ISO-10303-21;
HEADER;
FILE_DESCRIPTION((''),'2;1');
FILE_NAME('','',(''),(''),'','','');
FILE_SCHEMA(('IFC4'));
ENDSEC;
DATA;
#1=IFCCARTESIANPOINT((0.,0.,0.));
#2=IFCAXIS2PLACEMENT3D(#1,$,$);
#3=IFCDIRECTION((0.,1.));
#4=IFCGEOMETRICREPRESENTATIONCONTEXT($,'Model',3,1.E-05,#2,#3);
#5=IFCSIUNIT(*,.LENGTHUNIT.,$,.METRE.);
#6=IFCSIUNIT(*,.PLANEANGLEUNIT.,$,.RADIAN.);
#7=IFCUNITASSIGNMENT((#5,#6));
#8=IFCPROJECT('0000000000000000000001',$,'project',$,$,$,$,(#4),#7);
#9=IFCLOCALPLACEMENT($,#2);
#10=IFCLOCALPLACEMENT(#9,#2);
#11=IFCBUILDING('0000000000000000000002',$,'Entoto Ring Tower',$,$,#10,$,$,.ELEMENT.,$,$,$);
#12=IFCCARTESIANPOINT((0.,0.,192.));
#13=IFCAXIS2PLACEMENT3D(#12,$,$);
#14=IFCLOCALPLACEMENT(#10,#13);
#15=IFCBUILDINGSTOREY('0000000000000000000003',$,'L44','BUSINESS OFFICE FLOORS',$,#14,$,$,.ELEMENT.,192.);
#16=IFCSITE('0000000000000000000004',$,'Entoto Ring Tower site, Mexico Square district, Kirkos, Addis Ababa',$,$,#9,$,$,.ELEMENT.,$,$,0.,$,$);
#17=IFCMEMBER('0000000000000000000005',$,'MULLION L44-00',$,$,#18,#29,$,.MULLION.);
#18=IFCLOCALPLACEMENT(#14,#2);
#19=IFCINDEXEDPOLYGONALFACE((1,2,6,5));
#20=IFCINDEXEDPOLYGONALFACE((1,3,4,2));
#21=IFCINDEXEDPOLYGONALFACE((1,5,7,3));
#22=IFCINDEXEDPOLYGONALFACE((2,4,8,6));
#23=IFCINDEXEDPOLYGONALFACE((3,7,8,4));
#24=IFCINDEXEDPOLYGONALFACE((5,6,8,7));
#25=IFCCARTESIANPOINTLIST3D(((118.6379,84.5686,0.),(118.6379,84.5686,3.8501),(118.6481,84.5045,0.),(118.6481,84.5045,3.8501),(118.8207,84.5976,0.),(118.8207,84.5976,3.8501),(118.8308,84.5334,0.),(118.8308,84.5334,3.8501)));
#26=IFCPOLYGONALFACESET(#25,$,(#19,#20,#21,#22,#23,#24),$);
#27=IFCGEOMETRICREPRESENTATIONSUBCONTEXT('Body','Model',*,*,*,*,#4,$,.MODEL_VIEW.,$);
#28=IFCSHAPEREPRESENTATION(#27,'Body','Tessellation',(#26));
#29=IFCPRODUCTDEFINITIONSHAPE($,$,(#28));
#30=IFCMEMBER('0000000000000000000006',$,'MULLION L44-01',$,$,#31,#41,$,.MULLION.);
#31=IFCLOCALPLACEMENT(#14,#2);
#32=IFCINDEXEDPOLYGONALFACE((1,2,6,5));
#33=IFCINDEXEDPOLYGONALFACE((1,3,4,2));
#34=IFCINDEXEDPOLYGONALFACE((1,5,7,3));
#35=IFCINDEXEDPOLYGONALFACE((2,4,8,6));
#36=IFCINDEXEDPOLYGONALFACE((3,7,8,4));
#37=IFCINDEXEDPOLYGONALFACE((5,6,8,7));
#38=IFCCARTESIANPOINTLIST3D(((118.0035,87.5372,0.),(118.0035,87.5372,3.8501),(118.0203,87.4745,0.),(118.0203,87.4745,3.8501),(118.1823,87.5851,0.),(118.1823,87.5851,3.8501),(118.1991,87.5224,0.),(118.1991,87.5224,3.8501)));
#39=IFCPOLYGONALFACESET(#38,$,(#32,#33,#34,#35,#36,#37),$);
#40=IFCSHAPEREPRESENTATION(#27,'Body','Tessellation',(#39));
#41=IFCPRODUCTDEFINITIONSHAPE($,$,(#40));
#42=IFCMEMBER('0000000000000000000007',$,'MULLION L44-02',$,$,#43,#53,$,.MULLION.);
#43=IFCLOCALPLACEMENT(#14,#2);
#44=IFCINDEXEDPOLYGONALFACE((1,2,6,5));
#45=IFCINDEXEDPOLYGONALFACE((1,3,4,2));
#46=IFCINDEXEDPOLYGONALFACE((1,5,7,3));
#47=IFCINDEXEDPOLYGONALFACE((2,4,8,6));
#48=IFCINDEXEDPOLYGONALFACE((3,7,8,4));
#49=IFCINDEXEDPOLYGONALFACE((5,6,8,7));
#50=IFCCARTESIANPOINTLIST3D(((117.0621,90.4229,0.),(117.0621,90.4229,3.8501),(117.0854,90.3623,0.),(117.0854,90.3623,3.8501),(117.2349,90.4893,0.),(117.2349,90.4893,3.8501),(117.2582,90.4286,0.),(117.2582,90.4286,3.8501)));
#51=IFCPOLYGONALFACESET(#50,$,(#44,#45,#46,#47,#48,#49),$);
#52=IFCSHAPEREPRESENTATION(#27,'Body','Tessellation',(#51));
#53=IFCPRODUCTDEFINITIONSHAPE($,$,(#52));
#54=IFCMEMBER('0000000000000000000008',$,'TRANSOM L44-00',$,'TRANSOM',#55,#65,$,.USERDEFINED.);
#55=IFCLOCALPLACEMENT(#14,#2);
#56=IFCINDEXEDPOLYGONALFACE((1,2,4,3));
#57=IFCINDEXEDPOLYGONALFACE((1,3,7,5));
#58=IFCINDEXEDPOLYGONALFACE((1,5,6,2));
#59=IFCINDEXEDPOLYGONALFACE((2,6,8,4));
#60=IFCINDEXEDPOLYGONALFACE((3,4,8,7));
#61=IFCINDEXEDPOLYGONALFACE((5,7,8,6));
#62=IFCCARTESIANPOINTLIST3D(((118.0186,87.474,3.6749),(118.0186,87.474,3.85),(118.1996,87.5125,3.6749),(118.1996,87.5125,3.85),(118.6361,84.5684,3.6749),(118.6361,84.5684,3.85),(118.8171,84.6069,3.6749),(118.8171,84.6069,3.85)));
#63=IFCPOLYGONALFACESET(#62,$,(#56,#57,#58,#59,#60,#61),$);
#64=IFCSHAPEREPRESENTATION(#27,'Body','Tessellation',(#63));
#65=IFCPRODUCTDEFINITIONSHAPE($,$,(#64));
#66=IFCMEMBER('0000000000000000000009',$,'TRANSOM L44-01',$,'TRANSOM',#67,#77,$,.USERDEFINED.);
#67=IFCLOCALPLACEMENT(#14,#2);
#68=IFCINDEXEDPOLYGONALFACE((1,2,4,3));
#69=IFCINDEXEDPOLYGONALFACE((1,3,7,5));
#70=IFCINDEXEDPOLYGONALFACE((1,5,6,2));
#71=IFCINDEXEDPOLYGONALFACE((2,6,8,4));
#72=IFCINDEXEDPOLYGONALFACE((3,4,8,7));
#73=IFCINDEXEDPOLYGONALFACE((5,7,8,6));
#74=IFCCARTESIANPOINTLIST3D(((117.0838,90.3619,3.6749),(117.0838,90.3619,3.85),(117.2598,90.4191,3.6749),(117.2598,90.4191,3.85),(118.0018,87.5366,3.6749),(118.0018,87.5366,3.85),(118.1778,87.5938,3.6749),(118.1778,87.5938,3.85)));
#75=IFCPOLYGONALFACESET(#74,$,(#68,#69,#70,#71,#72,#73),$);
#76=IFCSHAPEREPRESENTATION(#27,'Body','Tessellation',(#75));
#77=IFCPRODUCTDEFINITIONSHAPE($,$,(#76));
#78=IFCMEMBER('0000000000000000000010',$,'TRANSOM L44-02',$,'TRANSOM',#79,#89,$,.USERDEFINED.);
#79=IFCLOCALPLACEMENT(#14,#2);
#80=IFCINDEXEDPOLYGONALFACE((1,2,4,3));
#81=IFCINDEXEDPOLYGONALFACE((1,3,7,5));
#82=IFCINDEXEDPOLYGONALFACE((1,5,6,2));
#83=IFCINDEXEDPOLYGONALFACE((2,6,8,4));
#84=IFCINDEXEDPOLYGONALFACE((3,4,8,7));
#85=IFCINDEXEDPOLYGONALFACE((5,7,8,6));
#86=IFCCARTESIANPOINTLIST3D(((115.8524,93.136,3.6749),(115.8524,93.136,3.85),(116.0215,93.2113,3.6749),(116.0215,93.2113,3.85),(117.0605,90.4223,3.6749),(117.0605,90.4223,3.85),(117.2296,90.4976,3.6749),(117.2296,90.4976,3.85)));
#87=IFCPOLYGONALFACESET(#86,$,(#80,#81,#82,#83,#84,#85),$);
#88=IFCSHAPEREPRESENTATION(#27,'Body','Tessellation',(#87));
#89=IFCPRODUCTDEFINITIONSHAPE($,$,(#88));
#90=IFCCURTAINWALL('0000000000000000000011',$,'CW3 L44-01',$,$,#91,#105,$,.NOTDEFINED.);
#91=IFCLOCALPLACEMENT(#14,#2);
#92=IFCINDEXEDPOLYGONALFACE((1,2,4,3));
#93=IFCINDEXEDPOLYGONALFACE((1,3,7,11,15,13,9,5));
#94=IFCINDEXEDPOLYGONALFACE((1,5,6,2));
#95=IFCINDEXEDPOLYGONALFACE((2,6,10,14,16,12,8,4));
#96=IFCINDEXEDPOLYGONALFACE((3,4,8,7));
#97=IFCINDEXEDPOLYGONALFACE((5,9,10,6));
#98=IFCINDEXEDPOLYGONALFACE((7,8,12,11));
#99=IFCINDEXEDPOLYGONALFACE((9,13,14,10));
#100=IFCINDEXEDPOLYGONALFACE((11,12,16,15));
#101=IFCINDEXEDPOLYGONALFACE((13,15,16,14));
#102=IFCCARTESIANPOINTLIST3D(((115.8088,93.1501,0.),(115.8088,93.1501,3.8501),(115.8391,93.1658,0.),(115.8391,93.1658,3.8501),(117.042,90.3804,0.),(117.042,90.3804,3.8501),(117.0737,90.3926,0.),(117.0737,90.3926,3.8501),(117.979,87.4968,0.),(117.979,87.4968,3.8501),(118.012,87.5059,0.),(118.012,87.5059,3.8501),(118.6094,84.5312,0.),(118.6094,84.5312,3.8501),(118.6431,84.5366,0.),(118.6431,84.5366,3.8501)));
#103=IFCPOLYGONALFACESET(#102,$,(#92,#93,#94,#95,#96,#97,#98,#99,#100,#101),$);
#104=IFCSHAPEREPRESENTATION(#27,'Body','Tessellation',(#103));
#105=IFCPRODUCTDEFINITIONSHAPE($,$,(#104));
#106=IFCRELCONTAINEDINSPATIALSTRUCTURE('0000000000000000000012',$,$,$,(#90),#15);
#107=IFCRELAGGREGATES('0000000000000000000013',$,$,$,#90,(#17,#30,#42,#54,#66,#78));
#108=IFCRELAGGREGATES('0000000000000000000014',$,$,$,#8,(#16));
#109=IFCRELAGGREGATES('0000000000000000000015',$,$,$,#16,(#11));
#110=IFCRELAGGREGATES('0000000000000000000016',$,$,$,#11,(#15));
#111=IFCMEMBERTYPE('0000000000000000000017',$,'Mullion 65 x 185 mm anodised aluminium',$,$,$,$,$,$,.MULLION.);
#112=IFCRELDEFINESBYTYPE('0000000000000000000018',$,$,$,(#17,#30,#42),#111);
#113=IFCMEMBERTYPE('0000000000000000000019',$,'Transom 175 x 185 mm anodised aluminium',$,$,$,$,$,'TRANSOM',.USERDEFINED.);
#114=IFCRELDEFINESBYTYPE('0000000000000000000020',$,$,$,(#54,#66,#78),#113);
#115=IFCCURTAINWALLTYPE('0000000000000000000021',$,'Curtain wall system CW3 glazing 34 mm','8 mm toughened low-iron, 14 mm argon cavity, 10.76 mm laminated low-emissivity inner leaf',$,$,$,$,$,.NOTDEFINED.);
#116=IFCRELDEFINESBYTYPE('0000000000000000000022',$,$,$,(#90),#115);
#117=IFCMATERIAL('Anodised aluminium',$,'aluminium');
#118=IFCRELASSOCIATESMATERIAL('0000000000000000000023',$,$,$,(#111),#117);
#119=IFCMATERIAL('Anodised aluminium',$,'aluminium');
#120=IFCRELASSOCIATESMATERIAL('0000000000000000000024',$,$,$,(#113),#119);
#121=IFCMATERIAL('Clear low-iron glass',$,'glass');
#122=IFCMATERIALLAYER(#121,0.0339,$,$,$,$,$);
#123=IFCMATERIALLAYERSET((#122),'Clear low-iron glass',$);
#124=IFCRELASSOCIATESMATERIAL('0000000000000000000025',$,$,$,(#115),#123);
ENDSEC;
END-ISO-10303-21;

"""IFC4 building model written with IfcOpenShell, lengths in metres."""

from ifc_helpers import new_model, si_unit, direction, frame, origin, origin_2d, place, context, subcontext, project, spatial, polyline, rectangle, outline, extrude, material, layer, layer_set, material_profile, profile_set, type_object, element, aggregate, save


model = new_model("IFC4")

# Units and contexts
model_context = context("Model", 3, precision=1e-05, world=origin(), true_north=direction((0.0, 1.0)))
body_context = subcontext(model_context, "Body", "Model", "MODEL_VIEW")
ifc_project = project(units=[si_unit("LENGTHUNIT", "METRE"), si_unit("PLANEANGLEUNIT", "RADIAN")], contexts=[model_context])

# Members
ifc_material_1 = material(Name="Anodised aluminium", Category="aluminium")
ifc_material_profile_1 = material_profile(ifc_material_1, rectangle(XDim=0.0649, YDim=0.1851, at=origin_2d()), Name="Mullion 65 x 185 mm anodised aluminium")
ifc_profile_set_1 = profile_set([ifc_material_profile_1], Name="Anodised aluminium")
member_type_1 = type_object("IfcMemberType", Name="Mullion 65 x 185 mm anodised aluminium", PredefinedType="MULLION", material=ifc_profile_set_1)
site_placement = place(None, origin())
building_placement = place(site_placement, origin())
storey_placement = place(building_placement, frame((0.0, 0.0, 192.0)))
member_1_placement = place(storey_placement, frame((118.7344, 84.551, 0.0), z_axis=(0.0, 0.0, 1.0), x_axis=(-0.156434, 0.987688, 0.0)))
member_1 = element("IfcMember", 1, at=member_1_placement, type_object=member_type_1, Name="MULLION L44-00", PredefinedType="MULLION", context=body_context, shape_type="SweptSolid", body=[
    extrude(rectangle(XDim=0.0649, YDim=0.1851, at=origin_2d()), origin(), (0.0, 0.0, 1.0), 3.8501),
])
member_2_placement = place(storey_placement, frame((118.1013, 87.5298, 0.0), z_axis=(0.0, 0.0, 1.0), x_axis=(-0.258819, 0.965926, 0.0)))
member_2 = element("IfcMember", 2, at=member_2_placement, type_object=member_type_1, Name="MULLION L44-01", PredefinedType="MULLION", context=body_context, shape_type="SweptSolid", body=[
    extrude(rectangle(XDim=0.0649, YDim=0.1851, at=origin_2d()), origin(), (0.0, 0.0, 1.0), 3.8501),
])
member_3_placement = place(storey_placement, frame((117.1602, 90.4258, 0.0), z_axis=(0.0, 0.0, 1.0), x_axis=(-0.358368, 0.93358, 0.0)))
member_3 = element("IfcMember", 3, at=member_3_placement, type_object=member_type_1, Name="MULLION L44-02", PredefinedType="MULLION", context=body_context, shape_type="SweptSolid", body=[
    extrude(rectangle(XDim=0.0649, YDim=0.1851, at=origin_2d()), origin(), (0.0, 0.0, 1.0), 3.8501),
])
ifc_material_2 = material(Name="Anodised aluminium", Category="aluminium")
ifc_material_profile_2 = material_profile(ifc_material_2, rectangle(XDim=0.1851, YDim=0.175, at=origin_2d()), Name="Transom 175 x 185 mm anodised aluminium")
ifc_profile_set_2 = profile_set([ifc_material_profile_2], Name="Anodised aluminium")
member_type_2 = type_object("IfcMemberType", Name="Transom 175 x 185 mm anodised aluminium", ElementType="TRANSOM", PredefinedType="USERDEFINED", material=ifc_profile_set_2)
member_4_placement = place(storey_placement, frame((118.7266, 84.5876, 3.7625), z_axis=(-0.207862, 0.978158, 0.0), x_axis=(-0.978158, -0.207862, 0.0)))
member_4 = element("IfcMember", 4, at=member_4_placement, type_object=member_type_2, Name="TRANSOM L44-00", ObjectType="TRANSOM", PredefinedType="USERDEFINED", context=body_context, shape_type="SweptSolid", body=[
    extrude(rectangle(XDim=0.1851, YDim=0.175, at=origin_2d()), origin(), (0.0, 0.0, 1.0), 2.9705),
])
member_5_placement = place(storey_placement, frame((118.0898, 87.5652, 3.7625), z_axis=(-0.309019, 0.951056, 0.0), x_axis=(-0.951056, -0.309019, 0.0)))
member_5 = element("IfcMember", 5, at=member_5_placement, type_object=member_type_2, Name="TRANSOM L44-01", ObjectType="TRANSOM", PredefinedType="USERDEFINED", context=body_context, shape_type="SweptSolid", body=[
    extrude(rectangle(XDim=0.1851, YDim=0.175, at=origin_2d()), origin(), (0.0, 0.0, 1.0), 2.9707),
])
member_6_placement = place(storey_placement, frame((117.145, 90.46, 3.7625), z_axis=(-0.406687, 0.913567, 0.0), x_axis=(-0.913567, -0.406687, 0.0)))
member_6 = element("IfcMember", 6, at=member_6_placement, type_object=member_type_2, Name="TRANSOM L44-02", ObjectType="TRANSOM", PredefinedType="USERDEFINED", context=body_context, shape_type="SweptSolid", body=[
    extrude(rectangle(XDim=0.1851, YDim=0.175, at=origin_2d()), origin(), (0.0, 0.0, 1.0), 2.9705),
])

# Site, building, storey
site = spatial("IfcSite", under=ifc_project, at=site_placement, Name="Entoto Ring Tower site, Mexico Square district, Kirkos, Addis Ababa", CompositionType="ELEMENT", RefElevation=0.0)
building = spatial("IfcBuilding", under=site, at=building_placement, Name="Entoto Ring Tower", CompositionType="ELEMENT")
storey = spatial("IfcBuildingStorey", under=building, at=storey_placement, Name="L44", Description="BUSINESS OFFICE FLOORS", CompositionType="ELEMENT", Elevation=192.0)

# Curtain wall
ifc_material_3 = material(Name="Clear low-iron glass", Category="glass")
ifc_layer_1 = layer(ifc_material_3, 0.0339)
ifc_layer_set_1 = layer_set([ifc_layer_1], Name="Clear low-iron glass")
curtain_wall_type = type_object("IfcCurtainWallType", Name="Curtain wall system CW3 glazing 34 mm", Description="8 mm toughened low-iron, 14 mm argon cavity, 10.76 mm laminated low-emissivity inner leaf", PredefinedType="NOTDEFINED", material=ifc_layer_set_1)
curtain_wall_1_placement = place(storey_placement, origin())
curtain_wall_1 = element("IfcCurtainWall", 7, at=curtain_wall_1_placement, inside=storey, type_object=curtain_wall_type, Name="CW3 L44-01", PredefinedType="NOTDEFINED", context=body_context, shape_type="SweptSolid", body=[
    extrude(outline(polyline([(118.6431, 84.5366), (118.012, 87.5059), (117.0737, 90.3926), (115.8391, 93.1658), (115.8088, 93.1501), (117.042, 90.3804), (117.979, 87.4968), (118.6094, 84.5312), (118.6431, 84.5366)])), origin(), (0.0, 0.0, 1.0), 3.8501),
])
aggregate(curtain_wall_1, [member_1, member_2, member_3, member_4, member_5, member_6])

save(model, "model.ifc")
